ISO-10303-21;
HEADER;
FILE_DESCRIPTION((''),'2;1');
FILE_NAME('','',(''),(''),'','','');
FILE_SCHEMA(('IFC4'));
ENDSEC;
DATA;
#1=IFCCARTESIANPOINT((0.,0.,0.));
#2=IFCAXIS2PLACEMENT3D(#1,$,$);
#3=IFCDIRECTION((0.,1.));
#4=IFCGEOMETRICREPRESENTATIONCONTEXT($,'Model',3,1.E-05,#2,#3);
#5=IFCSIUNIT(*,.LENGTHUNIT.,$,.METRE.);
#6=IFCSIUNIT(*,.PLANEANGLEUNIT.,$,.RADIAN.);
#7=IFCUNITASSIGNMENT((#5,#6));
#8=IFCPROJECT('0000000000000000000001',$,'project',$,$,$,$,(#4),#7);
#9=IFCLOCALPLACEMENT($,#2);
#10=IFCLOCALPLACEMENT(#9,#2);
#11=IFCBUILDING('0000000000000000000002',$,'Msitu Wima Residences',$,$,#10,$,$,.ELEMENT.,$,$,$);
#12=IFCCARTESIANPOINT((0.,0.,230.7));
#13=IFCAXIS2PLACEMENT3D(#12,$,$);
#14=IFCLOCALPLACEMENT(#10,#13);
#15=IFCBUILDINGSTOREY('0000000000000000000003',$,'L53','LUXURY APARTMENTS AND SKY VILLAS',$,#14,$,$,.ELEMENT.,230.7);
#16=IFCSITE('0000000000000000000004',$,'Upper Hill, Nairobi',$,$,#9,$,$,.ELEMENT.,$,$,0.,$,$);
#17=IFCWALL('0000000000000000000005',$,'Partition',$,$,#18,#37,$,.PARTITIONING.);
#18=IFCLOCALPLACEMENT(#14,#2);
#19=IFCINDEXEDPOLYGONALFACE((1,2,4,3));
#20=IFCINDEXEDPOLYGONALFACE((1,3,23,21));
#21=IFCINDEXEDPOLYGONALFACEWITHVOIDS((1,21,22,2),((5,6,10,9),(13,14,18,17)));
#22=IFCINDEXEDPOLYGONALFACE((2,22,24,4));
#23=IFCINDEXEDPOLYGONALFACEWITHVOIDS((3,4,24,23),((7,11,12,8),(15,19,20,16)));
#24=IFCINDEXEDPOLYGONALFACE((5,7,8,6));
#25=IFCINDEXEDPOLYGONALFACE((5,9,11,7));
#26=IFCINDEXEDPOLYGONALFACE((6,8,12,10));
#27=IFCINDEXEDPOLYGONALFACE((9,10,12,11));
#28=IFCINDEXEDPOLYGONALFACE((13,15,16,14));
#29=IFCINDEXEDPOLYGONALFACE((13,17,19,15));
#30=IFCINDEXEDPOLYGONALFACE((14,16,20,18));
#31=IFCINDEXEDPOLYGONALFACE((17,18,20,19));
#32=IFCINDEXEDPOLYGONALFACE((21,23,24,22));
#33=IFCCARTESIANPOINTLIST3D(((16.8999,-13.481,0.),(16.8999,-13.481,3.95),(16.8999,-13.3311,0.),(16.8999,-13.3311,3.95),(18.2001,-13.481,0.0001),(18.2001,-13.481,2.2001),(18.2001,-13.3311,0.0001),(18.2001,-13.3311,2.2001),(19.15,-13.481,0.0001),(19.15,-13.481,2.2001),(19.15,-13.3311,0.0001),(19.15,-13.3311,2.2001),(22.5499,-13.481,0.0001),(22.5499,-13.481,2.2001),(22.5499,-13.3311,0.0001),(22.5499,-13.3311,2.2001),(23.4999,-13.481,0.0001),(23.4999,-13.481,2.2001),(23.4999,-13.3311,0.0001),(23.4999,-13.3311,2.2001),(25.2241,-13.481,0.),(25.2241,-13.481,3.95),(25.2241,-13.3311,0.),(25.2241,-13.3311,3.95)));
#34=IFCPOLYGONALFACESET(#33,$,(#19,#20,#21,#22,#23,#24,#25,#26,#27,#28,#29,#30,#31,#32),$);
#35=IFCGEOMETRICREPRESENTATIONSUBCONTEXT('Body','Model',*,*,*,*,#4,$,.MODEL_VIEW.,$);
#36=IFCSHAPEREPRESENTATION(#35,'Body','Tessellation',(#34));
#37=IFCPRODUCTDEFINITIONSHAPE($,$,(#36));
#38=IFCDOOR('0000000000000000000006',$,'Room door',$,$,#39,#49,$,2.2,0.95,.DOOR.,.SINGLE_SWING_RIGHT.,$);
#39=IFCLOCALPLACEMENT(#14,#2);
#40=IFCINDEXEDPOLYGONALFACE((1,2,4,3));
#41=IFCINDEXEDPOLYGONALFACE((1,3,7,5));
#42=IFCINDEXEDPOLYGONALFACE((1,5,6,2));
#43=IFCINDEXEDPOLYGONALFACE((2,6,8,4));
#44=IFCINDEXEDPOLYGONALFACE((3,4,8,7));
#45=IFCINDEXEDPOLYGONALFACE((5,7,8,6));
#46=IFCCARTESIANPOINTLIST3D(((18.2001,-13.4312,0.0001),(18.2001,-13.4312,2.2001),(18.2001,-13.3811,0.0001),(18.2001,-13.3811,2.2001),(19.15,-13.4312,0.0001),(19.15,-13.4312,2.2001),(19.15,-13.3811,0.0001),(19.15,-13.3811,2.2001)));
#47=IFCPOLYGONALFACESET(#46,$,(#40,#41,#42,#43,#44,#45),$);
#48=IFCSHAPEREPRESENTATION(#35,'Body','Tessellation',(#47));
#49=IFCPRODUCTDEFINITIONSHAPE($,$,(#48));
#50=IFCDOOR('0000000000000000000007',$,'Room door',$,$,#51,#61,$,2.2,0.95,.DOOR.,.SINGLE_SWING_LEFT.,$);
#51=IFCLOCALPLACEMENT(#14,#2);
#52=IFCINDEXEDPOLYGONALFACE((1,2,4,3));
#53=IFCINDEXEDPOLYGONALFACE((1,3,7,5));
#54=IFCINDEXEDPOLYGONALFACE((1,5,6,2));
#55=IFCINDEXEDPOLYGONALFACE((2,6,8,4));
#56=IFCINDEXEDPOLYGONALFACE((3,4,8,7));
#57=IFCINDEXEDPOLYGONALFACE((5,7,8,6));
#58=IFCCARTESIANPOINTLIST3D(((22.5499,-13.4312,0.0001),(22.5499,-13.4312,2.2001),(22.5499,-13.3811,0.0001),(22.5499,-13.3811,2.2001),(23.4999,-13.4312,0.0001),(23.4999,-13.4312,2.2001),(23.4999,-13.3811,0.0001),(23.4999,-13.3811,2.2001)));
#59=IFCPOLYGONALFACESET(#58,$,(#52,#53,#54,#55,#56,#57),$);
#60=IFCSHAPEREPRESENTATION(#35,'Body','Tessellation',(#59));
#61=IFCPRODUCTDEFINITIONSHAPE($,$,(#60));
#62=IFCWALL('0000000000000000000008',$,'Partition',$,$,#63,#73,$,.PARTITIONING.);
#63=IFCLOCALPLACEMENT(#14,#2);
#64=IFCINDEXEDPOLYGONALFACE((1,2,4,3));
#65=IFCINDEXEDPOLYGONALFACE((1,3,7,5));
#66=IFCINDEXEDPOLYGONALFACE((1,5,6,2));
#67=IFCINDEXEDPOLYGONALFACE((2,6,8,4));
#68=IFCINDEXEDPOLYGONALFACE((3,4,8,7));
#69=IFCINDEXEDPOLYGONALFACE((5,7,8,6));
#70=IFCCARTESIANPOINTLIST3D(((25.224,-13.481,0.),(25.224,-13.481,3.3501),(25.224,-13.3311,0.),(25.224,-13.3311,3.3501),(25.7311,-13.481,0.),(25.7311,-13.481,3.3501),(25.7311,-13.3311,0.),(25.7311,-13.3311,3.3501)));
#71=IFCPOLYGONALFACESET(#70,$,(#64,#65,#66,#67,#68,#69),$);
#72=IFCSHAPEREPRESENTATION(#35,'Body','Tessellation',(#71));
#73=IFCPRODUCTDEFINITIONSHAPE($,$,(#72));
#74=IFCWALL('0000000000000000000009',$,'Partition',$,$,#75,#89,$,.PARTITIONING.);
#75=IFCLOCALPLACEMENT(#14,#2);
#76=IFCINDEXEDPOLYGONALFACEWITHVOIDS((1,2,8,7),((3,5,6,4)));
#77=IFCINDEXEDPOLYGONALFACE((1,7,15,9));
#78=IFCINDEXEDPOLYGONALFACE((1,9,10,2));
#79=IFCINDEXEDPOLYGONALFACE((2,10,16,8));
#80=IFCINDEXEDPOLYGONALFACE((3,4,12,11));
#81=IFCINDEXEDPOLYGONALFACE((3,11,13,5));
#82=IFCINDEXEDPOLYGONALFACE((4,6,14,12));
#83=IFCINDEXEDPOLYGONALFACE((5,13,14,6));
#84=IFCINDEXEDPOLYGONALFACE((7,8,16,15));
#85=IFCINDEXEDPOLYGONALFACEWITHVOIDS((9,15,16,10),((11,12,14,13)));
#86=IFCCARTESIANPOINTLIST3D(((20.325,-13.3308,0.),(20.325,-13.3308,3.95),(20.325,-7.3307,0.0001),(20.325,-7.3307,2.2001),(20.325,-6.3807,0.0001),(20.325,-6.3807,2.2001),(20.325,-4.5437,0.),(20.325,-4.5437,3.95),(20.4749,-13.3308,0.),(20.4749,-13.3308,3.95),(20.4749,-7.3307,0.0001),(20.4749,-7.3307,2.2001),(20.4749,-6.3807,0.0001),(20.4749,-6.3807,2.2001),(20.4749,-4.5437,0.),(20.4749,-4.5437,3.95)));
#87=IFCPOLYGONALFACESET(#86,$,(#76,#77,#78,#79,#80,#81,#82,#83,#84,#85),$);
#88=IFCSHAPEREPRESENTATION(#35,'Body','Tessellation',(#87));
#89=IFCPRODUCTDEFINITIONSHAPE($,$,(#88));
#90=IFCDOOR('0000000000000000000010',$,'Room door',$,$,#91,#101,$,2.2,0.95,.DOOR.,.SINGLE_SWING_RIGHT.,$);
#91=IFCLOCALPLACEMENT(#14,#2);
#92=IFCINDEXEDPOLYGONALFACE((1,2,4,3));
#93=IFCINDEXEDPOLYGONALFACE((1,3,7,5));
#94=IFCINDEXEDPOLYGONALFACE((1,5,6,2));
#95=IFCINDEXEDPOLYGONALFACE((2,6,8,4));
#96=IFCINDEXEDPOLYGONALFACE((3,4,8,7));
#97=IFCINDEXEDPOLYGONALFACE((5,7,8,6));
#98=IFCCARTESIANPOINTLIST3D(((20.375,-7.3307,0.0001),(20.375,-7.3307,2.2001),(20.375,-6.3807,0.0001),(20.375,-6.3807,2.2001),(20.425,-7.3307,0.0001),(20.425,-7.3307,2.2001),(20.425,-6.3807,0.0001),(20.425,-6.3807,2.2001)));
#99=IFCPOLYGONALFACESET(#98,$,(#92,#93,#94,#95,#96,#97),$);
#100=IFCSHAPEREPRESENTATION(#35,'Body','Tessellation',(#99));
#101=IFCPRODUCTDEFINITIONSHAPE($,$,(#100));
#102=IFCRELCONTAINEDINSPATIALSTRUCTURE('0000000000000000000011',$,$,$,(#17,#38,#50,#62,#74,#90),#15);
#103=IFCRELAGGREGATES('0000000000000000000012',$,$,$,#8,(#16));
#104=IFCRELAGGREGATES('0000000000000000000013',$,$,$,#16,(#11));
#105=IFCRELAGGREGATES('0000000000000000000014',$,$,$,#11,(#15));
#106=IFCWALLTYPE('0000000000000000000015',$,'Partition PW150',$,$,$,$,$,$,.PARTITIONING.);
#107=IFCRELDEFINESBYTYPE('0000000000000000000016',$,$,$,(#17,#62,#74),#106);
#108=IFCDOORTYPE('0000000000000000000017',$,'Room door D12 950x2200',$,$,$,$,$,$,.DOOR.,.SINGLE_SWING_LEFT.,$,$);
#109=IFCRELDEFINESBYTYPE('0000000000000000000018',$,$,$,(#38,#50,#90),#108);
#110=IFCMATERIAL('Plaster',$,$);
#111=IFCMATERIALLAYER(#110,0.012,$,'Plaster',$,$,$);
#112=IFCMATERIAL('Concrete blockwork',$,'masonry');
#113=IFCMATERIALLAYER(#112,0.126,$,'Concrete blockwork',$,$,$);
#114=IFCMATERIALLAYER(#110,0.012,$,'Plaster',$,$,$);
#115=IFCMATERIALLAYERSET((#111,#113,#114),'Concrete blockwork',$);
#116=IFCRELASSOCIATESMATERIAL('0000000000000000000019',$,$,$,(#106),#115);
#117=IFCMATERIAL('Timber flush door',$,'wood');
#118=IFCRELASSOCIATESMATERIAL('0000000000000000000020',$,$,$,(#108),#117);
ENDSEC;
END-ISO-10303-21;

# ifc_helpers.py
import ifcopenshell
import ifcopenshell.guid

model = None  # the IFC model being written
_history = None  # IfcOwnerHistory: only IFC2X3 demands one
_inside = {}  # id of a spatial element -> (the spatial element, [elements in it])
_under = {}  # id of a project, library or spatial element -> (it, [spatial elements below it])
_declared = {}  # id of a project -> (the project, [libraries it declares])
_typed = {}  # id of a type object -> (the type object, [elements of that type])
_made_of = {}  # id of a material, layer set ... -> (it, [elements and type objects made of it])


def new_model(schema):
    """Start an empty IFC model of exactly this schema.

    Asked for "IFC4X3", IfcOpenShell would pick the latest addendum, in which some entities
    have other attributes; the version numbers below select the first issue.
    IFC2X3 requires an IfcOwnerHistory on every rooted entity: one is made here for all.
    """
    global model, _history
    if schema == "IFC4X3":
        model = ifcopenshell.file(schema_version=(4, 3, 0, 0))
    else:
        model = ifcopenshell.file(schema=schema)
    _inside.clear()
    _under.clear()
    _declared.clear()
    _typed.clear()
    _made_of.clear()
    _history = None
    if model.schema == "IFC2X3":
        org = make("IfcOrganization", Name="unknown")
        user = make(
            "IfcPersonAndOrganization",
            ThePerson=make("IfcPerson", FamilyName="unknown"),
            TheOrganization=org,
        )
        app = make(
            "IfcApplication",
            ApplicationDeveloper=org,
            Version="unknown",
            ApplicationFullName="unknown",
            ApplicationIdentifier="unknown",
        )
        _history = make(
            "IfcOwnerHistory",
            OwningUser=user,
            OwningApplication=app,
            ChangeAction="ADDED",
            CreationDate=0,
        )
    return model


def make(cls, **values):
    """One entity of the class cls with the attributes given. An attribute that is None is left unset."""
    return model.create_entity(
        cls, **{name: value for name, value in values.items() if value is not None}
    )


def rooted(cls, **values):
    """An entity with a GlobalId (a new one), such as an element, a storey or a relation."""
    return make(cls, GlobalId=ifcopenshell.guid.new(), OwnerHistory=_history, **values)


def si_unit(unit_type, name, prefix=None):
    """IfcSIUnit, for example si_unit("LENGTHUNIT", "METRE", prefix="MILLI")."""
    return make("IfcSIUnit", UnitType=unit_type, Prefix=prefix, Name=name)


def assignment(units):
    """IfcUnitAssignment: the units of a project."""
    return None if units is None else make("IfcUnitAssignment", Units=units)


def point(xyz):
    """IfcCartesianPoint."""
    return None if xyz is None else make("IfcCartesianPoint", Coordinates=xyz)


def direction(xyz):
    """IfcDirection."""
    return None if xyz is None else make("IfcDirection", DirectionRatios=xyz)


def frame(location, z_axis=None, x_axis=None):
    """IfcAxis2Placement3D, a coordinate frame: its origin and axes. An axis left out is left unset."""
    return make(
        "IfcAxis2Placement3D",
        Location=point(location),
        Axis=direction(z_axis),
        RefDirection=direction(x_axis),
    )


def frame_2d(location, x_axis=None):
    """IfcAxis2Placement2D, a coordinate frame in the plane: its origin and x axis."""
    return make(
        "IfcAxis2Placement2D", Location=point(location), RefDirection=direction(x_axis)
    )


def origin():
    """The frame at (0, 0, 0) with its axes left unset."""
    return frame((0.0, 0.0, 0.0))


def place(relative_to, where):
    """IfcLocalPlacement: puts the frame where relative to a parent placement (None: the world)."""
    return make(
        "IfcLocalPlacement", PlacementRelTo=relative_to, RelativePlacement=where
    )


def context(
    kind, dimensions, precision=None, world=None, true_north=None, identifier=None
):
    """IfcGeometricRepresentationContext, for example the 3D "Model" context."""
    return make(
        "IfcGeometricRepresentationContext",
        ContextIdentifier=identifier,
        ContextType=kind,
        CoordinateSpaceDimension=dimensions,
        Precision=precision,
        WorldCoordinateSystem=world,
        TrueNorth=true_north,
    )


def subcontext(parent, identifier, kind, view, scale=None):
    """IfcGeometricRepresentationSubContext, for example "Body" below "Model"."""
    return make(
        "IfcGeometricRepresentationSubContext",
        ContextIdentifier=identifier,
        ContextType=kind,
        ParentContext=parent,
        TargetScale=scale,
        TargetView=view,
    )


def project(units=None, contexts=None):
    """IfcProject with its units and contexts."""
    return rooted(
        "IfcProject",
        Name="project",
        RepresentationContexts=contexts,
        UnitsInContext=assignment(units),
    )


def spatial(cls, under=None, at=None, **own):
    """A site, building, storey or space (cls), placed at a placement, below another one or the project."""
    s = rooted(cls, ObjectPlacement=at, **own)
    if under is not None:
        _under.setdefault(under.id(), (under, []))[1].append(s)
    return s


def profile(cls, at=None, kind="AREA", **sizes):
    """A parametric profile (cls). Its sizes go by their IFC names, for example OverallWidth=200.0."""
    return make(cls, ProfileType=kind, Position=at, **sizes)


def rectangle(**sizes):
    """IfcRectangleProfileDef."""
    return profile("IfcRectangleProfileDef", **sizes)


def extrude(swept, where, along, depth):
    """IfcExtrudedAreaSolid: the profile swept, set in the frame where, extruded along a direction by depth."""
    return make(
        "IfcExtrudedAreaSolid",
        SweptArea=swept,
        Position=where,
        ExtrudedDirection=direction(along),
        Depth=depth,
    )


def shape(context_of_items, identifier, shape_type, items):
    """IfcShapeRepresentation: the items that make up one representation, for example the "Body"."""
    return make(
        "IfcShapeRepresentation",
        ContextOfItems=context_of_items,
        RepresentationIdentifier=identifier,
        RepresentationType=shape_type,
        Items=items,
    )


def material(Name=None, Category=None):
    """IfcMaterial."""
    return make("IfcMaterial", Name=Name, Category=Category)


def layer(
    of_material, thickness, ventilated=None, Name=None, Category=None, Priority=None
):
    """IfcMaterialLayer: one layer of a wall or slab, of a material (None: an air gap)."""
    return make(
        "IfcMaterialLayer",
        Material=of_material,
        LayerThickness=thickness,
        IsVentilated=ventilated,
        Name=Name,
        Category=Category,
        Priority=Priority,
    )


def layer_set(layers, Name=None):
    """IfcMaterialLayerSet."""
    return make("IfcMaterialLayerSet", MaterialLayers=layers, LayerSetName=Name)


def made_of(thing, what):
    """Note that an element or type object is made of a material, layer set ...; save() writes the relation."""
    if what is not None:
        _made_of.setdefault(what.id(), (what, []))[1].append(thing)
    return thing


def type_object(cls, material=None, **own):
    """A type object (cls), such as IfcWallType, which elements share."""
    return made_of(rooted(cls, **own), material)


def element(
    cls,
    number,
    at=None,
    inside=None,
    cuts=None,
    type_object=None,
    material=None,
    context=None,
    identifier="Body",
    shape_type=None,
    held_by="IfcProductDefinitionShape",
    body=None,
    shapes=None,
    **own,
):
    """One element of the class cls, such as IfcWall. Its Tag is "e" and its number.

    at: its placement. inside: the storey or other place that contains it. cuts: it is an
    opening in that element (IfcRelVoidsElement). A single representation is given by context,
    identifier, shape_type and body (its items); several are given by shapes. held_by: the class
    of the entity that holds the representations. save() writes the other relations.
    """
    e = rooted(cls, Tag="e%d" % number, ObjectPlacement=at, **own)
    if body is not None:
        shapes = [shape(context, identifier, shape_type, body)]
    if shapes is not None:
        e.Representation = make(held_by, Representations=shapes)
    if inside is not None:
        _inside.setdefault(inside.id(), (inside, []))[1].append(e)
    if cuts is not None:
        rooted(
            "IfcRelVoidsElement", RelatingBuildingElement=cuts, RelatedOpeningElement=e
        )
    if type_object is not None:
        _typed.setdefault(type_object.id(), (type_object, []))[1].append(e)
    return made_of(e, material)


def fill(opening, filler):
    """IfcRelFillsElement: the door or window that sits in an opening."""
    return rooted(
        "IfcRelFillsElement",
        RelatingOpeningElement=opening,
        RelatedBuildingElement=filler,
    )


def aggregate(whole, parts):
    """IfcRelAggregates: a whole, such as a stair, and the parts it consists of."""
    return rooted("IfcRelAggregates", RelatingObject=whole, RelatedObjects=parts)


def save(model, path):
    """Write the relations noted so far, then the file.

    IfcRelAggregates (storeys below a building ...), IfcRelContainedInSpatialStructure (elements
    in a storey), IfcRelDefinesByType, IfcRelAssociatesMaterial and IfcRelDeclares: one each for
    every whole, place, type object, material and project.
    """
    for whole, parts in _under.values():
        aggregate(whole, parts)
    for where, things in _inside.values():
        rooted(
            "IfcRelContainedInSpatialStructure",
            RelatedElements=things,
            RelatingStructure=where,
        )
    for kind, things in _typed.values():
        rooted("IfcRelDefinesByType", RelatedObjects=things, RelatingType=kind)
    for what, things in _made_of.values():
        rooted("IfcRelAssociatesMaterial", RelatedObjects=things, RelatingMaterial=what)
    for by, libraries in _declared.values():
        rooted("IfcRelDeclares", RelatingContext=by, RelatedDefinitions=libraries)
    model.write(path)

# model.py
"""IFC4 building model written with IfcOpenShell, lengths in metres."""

from ifc_helpers import new_model, si_unit, direction, frame, frame_2d, origin, place, context, subcontext, project, spatial, rectangle, extrude, material, layer, layer_set, type_object, element, fill, save


model = new_model("IFC4")

# Units and contexts
model_context = context("Model", 3, precision=1e-05, world=origin(), true_north=direction((0.0, 1.0)))
body_context = subcontext(model_context, "Body", "Model", "MODEL_VIEW")
ifc_project = project(units=[si_unit("LENGTHUNIT", "METRE"), si_unit("PLANEANGLEUNIT", "RADIAN")], contexts=[model_context])

# Site, building, storey
site_placement = place(None, origin())
site = spatial("IfcSite", under=ifc_project, at=site_placement, Name="Upper Hill, Nairobi", CompositionType="ELEMENT", RefElevation=0.0)
building_placement = place(site_placement, origin())
building = spatial("IfcBuilding", under=site, at=building_placement, Name="Msitu Wima Residences", CompositionType="ELEMENT")
storey_placement = place(building_placement, frame((0.0, 0.0, 230.7)))
storey = spatial("IfcBuildingStorey", under=building, at=storey_placement, Name="L53", Description="LUXURY APARTMENTS AND SKY VILLAS", CompositionType="ELEMENT", Elevation=230.7)

# Shared definitions
ifc_material_1 = material(Name="Plaster")
ifc_material_2 = material(Name="Concrete blockwork", Category="masonry")

# Shared definitions
ifc_layer_1 = layer(ifc_material_1, 0.012, Name="Plaster")
ifc_layer_2 = layer(ifc_material_2, 0.126, Name="Concrete blockwork")
ifc_layer_3 = layer(ifc_material_1, 0.012, Name="Plaster")
ifc_layer_set_1 = layer_set([ifc_layer_1, ifc_layer_2, ifc_layer_3], Name="Concrete blockwork")
wall_type_1 = type_object("IfcWallType", Name="Partition PW150", PredefinedType="PARTITIONING", material=ifc_layer_set_1)
ifc_material_3 = material(Name="Timber flush door", Category="wood")
door_type_1 = type_object("IfcDoorType", Name="Room door D12 950x2200", OperationType="SINGLE_SWING_LEFT", PredefinedType="DOOR", material=ifc_material_3)

# Wall, openings, doors
wall_1_placement = place(storey_placement, frame((16.8999, -13.406, 0.0), z_axis=(0.0, 0.0, 1.0), x_axis=(1.0, 0.0, 0.0)))
wall_1 = element("IfcWall", 1, at=wall_1_placement, inside=storey, type_object=wall_type_1, Name="Partition", PredefinedType="PARTITIONING", context=body_context, shape_type="SweptSolid", body=[
    extrude(rectangle(XDim=8.3242, YDim=0.1499, at=frame_2d((4.1621, 0.0))), origin(), (0.0, 0.0, 1.0), 3.95),
])
opening_1_placement = place(wall_1_placement, frame((1.3, 0.0, 0.0)))
opening_1 = element("IfcOpeningElement", 2, at=opening_1_placement, cuts=wall_1, PredefinedType="OPENING", context=body_context, shape_type="SweptSolid", body=[
    extrude(rectangle(XDim=0.95, YDim=2.2, at=frame_2d((0.4751, 1.1001))), frame((0.0, 0.085, 0.0), z_axis=(0.0, -1.0, 0.0), x_axis=(1.0, 0.0, 0.0)), (0.0, 0.0, 1.0), 0.1699),
])
opening_2_placement = place(wall_1_placement, frame((5.6499, 0.0, 0.0)))
opening_2 = element("IfcOpeningElement", 3, at=opening_2_placement, cuts=wall_1, PredefinedType="OPENING", context=body_context, shape_type="SweptSolid", body=[
    extrude(rectangle(XDim=0.95, YDim=2.2, at=frame_2d((0.4751, 1.1001))), frame((0.0, 0.085, 0.0), z_axis=(0.0, -1.0, 0.0), x_axis=(1.0, 0.0, 0.0)), (0.0, 0.0, 1.0), 0.1699),
])
door_1_placement = place(opening_1_placement, origin())
door_1 = element("IfcDoor", 4, at=door_1_placement, inside=storey, type_object=door_type_1, Name="Room door", OperationType="SINGLE_SWING_RIGHT", OverallHeight=2.2, OverallWidth=0.95, PredefinedType="DOOR", context=body_context, shape_type="SweptSolid", body=[
    extrude(rectangle(XDim=0.95, YDim=2.2, at=frame_2d((0.4751, 1.1001))), frame((0.0, 0.0249, 0.0), z_axis=(0.0, -1.0, 0.0), x_axis=(1.0, 0.0, 0.0)), (0.0, 0.0, 1.0), 0.05),
])
fill(opening_1, door_1)
door_2_placement = place(opening_2_placement, origin())
door_2 = element("IfcDoor", 5, at=door_2_placement, inside=storey, type_object=door_type_1, Name="Room door", OperationType="SINGLE_SWING_LEFT", OverallHeight=2.2, OverallWidth=0.95, PredefinedType="DOOR", context=body_context, shape_type="SweptSolid", body=[
    extrude(rectangle(XDim=0.95, YDim=2.2, at=frame_2d((0.4751, 1.1001))), frame((0.0, 0.0249, 0.0), z_axis=(0.0, -1.0, 0.0), x_axis=(1.0, 0.0, 0.0)), (0.0, 0.0, 1.0), 0.05),
])
fill(opening_2, door_2)

# Wall
wall_2_placement = place(storey_placement, frame((25.2241, -13.406, 0.0), z_axis=(0.0, 0.0, 1.0), x_axis=(1.0, 0.0, 0.0)))
element("IfcWall", 6, at=wall_2_placement, inside=storey, type_object=wall_type_1, Name="Partition", PredefinedType="PARTITIONING", context=body_context, shape_type="SweptSolid", body=[
    extrude(rectangle(XDim=0.5071, YDim=0.1499, at=frame_2d((0.2534, 0.0))), origin(), (0.0, 0.0, 1.0), 3.3501),
])

# Wall, opening, door
wall_3_placement = place(storey_placement, frame((20.3999, -13.3308, 0.0), z_axis=(0.0, 0.0, 1.0), x_axis=(0.0, 1.0, 0.0)))
wall_3 = element("IfcWall", 7, at=wall_3_placement, inside=storey, type_object=wall_type_1, Name="Partition", PredefinedType="PARTITIONING", context=body_context, shape_type="SweptSolid", body=[
    extrude(rectangle(XDim=8.7871, YDim=0.1499, at=frame_2d((4.3936, 0.0))), origin(), (0.0, 0.0, 1.0), 3.95),
])
opening_3_placement = place(wall_3_placement, frame((6.0, 0.0, 0.0)))
opening_3 = element("IfcOpeningElement", 8, at=opening_3_placement, cuts=wall_3, PredefinedType="OPENING", context=body_context, shape_type="SweptSolid", body=[
    extrude(rectangle(XDim=0.95, YDim=2.2, at=frame_2d((0.4751, 1.1001))), frame((0.0, 0.085, 0.0), z_axis=(0.0, -1.0, 0.0), x_axis=(1.0, 0.0, 0.0)), (0.0, 0.0, 1.0), 0.1699),
])
door_3_placement = place(opening_3_placement, origin())
door_3 = element("IfcDoor", 9, at=door_3_placement, inside=storey, type_object=door_type_1, Name="Room door", OperationType="SINGLE_SWING_RIGHT", OverallHeight=2.2, OverallWidth=0.95, PredefinedType="DOOR", context=body_context, shape_type="SweptSolid", body=[
    extrude(rectangle(XDim=0.95, YDim=2.2, at=frame_2d((0.4751, 1.1001))), frame((0.0, 0.0249, 0.0), z_axis=(0.0, -1.0, 0.0), x_axis=(1.0, 0.0, 0.0)), (0.0, 0.0, 1.0), 0.05),
])
fill(opening_3, door_3)

save(model, "model.ifc")
